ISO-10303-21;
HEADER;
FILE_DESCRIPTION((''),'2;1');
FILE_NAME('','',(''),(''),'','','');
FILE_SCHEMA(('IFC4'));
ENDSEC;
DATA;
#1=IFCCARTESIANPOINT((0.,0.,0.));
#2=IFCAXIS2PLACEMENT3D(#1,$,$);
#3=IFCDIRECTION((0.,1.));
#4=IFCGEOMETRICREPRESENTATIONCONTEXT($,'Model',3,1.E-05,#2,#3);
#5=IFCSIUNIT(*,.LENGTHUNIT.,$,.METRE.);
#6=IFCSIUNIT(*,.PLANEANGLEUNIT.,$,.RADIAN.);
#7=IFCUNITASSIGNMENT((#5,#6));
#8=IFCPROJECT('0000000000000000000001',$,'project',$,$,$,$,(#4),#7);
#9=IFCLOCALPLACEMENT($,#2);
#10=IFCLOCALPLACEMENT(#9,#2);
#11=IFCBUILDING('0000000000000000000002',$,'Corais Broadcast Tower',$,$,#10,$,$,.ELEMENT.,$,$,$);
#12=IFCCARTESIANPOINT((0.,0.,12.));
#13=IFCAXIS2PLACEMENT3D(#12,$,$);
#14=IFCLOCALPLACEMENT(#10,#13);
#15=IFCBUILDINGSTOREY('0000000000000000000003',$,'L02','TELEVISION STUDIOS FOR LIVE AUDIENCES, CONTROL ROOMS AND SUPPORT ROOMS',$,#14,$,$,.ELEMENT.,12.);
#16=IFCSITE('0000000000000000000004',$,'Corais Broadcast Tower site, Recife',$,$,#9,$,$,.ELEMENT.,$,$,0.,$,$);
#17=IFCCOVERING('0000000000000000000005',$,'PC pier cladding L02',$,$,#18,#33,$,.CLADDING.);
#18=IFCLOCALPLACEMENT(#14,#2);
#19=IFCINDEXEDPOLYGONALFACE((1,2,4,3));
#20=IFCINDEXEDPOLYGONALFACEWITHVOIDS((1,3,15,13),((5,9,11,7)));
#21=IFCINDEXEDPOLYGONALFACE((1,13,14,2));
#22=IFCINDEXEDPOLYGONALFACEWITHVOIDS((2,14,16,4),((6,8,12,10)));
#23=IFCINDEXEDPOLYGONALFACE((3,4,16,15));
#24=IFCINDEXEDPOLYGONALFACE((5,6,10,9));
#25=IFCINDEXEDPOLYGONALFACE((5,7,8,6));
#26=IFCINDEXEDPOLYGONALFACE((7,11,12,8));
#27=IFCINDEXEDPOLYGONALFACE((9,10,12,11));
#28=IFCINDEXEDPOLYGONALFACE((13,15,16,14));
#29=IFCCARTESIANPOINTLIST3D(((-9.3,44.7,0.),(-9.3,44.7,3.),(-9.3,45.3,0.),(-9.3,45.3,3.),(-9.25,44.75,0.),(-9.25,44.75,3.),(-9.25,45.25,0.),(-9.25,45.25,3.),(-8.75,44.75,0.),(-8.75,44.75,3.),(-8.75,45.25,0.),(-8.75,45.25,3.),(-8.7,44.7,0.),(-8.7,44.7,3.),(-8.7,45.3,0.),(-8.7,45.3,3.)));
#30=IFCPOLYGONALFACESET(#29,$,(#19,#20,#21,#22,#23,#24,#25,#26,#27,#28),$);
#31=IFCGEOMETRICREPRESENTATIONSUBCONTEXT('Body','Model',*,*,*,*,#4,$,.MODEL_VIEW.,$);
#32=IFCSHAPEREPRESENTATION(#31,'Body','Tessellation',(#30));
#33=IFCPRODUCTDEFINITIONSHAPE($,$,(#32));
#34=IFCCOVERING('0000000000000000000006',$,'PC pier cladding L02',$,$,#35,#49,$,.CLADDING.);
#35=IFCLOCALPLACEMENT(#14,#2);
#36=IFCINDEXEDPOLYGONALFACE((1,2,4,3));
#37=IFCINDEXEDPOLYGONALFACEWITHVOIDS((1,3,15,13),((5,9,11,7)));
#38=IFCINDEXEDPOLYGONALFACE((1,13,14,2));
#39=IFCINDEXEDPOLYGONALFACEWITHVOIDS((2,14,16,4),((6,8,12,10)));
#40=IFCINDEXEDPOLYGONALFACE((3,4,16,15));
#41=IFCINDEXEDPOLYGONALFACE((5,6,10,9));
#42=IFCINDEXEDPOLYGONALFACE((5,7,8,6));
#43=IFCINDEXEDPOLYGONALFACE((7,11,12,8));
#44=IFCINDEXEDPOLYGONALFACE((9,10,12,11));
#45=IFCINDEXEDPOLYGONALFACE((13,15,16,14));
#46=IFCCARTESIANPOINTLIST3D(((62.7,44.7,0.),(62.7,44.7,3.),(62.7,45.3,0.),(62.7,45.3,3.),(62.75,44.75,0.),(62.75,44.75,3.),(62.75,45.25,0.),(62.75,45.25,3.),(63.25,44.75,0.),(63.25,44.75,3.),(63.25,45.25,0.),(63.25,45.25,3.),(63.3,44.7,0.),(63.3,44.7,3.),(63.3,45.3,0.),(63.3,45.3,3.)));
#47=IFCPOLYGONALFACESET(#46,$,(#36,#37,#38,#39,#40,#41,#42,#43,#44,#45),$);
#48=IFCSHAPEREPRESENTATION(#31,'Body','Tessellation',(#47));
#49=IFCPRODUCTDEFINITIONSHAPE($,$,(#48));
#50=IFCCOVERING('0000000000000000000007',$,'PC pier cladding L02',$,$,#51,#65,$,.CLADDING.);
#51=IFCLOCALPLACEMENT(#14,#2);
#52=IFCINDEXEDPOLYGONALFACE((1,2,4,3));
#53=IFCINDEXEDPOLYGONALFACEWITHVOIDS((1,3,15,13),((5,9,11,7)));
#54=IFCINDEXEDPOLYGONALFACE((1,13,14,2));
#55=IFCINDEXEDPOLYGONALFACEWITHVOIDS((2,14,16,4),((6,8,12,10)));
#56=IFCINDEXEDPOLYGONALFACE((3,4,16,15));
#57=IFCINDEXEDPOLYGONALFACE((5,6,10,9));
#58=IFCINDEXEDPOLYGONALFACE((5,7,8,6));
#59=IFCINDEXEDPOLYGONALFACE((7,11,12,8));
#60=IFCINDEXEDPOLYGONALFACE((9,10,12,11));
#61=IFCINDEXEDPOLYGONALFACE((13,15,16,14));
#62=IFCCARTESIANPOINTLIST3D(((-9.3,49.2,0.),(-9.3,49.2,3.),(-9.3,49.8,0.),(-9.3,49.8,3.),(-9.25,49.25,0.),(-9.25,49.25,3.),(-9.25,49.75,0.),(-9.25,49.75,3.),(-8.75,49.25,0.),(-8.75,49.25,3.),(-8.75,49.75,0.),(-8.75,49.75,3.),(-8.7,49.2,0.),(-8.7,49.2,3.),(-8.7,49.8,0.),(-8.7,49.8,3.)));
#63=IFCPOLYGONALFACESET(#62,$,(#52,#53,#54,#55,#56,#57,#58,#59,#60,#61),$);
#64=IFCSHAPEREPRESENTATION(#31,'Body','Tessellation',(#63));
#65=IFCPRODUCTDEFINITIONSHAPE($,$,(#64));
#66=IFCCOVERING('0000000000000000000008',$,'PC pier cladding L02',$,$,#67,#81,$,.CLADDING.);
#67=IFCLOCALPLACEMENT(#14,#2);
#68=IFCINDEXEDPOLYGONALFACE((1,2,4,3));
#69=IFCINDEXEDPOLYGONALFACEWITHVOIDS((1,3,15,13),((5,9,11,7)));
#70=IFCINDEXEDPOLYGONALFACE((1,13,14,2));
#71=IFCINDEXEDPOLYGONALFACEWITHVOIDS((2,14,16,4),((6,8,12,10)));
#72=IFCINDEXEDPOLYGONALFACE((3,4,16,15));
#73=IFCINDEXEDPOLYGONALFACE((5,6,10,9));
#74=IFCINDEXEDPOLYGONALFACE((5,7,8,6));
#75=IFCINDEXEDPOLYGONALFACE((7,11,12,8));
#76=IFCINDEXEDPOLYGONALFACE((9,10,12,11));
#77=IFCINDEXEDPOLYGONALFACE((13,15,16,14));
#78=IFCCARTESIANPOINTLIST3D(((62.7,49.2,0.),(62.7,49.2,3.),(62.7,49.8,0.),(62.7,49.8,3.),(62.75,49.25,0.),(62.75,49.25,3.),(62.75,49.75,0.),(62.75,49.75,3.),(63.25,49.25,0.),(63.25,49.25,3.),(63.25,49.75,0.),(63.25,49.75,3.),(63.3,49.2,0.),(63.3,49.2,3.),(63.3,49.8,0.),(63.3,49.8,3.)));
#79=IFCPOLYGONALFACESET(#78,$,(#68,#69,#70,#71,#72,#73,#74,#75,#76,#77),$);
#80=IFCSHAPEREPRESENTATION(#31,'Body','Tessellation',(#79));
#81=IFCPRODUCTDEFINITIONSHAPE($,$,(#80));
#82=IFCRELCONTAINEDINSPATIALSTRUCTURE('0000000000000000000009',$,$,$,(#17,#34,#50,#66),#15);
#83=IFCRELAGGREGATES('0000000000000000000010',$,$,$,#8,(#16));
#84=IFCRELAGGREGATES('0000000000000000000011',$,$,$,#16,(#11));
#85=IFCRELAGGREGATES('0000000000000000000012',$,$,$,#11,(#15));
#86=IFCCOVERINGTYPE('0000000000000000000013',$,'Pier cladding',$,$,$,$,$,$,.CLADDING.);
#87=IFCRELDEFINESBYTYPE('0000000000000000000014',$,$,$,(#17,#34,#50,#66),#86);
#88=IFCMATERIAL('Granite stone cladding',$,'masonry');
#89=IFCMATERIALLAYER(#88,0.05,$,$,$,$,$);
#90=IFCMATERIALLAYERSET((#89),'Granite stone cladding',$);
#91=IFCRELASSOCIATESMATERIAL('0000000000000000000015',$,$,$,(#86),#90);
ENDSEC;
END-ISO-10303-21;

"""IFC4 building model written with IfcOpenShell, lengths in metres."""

from ifc_helpers import new_model, si_unit, direction, frame, origin, place, context, subcontext, project, spatial, polyline, outline, extrude, material, layer, layer_set, type_object, element, save


model = new_model("IFC4")

# Units and contexts
model_context = context("Model", 3, precision=1e-05, world=origin(), true_north=direction((0.0, 1.0)))
body_context = subcontext(model_context, "Body", "Model", "MODEL_VIEW")
ifc_project = project(units=[si_unit("LENGTHUNIT", "METRE"), si_unit("PLANEANGLEUNIT", "RADIAN")], contexts=[model_context])

# Site, building, storey
site_placement = place(None, origin())
site = spatial("IfcSite", under=ifc_project, at=site_placement, Name="Corais Broadcast Tower site, Recife", CompositionType="ELEMENT", RefElevation=0.0)
building_placement = place(site_placement, origin())
building = spatial("IfcBuilding", under=site, at=building_placement, Name="Corais Broadcast Tower", CompositionType="ELEMENT")
storey_placement = place(building_placement, frame((0.0, 0.0, 12.0)))
storey = spatial("IfcBuildingStorey", under=building, at=storey_placement, Name="L02", Description="TELEVISION STUDIOS FOR LIVE AUDIENCES, CONTROL ROOMS AND SUPPORT ROOMS", CompositionType="ELEMENT", Elevation=12.0)

# Coverings
ifc_material_1 = material(Name="Granite stone cladding", Category="masonry")
ifc_layer_1 = layer(ifc_material_1, 0.05)
ifc_layer_set_1 = layer_set([ifc_layer_1], Name="Granite stone cladding")
covering_type = type_object("IfcCoveringType", Name="Pier cladding", PredefinedType="CLADDING", material=ifc_layer_set_1)
covering_1_placement = place(storey_placement, origin())
element("IfcCovering", 1, at=covering_1_placement, inside=storey, type_object=covering_type, Name="PC pier cladding L02", PredefinedType="CLADDING", context=body_context, shape_type="SweptSolid", body=[
    extrude(outline(polyline([(-9.3, 44.7), (-8.7, 44.7), (-8.7, 45.3), (-9.3, 45.3), (-9.3, 44.7)]), holes=[polyline([(-9.25, 44.75), (-8.75, 44.75), (-8.75, 45.25), (-9.25, 45.25), (-9.25, 44.75)])]), origin(), (0.0, 0.0, 1.0), 3.0),
])
covering_2_placement = place(storey_placement, origin())
element("IfcCovering", 2, at=covering_2_placement, inside=storey, type_object=covering_type, Name="PC pier cladding L02", PredefinedType="CLADDING", context=body_context, shape_type="SweptSolid", body=[
    extrude(outline(polyline([(62.7, 44.7), (63.3, 44.7), (63.3, 45.3), (62.7, 45.3), (62.7, 44.7)]), holes=[polyline([(62.75, 44.75), (63.25, 44.75), (63.25, 45.25), (62.75, 45.25), (62.75, 44.75)])]), origin(), (0.0, 0.0, 1.0), 3.0),
])
covering_3_placement = place(storey_placement, origin())
element("IfcCovering", 3, at=covering_3_placement, inside=storey, type_object=covering_type, Name="PC pier cladding L02", PredefinedType="CLADDING", context=body_context, shape_type="SweptSolid", body=[
    extrude(outline(polyline([(-9.3, 49.2), (-8.7, 49.2), (-8.7, 49.8), (-9.3, 49.8), (-9.3, 49.2)]), holes=[polyline([(-9.25, 49.25), (-8.75, 49.25), (-8.75, 49.75), (-9.25, 49.75), (-9.25, 49.25)])]), origin(), (0.0, 0.0, 1.0), 3.0),
])
covering_4_placement = place(storey_placement, origin())
element("IfcCovering", 4, at=covering_4_placement, inside=storey, type_object=covering_type, Name="PC pier cladding L02", PredefinedType="CLADDING", context=body_context, shape_type="SweptSolid", body=[
    extrude(outline(polyline([(62.7, 49.2), (63.3, 49.2), (63.3, 49.8), (62.7, 49.8), (62.7, 49.2)]), holes=[polyline([(62.75, 49.25), (63.25, 49.25), (63.25, 49.75), (62.75, 49.75), (62.75, 49.25)])]), origin(), (0.0, 0.0, 1.0), 3.0),
])

save(model, "model.ifc")
